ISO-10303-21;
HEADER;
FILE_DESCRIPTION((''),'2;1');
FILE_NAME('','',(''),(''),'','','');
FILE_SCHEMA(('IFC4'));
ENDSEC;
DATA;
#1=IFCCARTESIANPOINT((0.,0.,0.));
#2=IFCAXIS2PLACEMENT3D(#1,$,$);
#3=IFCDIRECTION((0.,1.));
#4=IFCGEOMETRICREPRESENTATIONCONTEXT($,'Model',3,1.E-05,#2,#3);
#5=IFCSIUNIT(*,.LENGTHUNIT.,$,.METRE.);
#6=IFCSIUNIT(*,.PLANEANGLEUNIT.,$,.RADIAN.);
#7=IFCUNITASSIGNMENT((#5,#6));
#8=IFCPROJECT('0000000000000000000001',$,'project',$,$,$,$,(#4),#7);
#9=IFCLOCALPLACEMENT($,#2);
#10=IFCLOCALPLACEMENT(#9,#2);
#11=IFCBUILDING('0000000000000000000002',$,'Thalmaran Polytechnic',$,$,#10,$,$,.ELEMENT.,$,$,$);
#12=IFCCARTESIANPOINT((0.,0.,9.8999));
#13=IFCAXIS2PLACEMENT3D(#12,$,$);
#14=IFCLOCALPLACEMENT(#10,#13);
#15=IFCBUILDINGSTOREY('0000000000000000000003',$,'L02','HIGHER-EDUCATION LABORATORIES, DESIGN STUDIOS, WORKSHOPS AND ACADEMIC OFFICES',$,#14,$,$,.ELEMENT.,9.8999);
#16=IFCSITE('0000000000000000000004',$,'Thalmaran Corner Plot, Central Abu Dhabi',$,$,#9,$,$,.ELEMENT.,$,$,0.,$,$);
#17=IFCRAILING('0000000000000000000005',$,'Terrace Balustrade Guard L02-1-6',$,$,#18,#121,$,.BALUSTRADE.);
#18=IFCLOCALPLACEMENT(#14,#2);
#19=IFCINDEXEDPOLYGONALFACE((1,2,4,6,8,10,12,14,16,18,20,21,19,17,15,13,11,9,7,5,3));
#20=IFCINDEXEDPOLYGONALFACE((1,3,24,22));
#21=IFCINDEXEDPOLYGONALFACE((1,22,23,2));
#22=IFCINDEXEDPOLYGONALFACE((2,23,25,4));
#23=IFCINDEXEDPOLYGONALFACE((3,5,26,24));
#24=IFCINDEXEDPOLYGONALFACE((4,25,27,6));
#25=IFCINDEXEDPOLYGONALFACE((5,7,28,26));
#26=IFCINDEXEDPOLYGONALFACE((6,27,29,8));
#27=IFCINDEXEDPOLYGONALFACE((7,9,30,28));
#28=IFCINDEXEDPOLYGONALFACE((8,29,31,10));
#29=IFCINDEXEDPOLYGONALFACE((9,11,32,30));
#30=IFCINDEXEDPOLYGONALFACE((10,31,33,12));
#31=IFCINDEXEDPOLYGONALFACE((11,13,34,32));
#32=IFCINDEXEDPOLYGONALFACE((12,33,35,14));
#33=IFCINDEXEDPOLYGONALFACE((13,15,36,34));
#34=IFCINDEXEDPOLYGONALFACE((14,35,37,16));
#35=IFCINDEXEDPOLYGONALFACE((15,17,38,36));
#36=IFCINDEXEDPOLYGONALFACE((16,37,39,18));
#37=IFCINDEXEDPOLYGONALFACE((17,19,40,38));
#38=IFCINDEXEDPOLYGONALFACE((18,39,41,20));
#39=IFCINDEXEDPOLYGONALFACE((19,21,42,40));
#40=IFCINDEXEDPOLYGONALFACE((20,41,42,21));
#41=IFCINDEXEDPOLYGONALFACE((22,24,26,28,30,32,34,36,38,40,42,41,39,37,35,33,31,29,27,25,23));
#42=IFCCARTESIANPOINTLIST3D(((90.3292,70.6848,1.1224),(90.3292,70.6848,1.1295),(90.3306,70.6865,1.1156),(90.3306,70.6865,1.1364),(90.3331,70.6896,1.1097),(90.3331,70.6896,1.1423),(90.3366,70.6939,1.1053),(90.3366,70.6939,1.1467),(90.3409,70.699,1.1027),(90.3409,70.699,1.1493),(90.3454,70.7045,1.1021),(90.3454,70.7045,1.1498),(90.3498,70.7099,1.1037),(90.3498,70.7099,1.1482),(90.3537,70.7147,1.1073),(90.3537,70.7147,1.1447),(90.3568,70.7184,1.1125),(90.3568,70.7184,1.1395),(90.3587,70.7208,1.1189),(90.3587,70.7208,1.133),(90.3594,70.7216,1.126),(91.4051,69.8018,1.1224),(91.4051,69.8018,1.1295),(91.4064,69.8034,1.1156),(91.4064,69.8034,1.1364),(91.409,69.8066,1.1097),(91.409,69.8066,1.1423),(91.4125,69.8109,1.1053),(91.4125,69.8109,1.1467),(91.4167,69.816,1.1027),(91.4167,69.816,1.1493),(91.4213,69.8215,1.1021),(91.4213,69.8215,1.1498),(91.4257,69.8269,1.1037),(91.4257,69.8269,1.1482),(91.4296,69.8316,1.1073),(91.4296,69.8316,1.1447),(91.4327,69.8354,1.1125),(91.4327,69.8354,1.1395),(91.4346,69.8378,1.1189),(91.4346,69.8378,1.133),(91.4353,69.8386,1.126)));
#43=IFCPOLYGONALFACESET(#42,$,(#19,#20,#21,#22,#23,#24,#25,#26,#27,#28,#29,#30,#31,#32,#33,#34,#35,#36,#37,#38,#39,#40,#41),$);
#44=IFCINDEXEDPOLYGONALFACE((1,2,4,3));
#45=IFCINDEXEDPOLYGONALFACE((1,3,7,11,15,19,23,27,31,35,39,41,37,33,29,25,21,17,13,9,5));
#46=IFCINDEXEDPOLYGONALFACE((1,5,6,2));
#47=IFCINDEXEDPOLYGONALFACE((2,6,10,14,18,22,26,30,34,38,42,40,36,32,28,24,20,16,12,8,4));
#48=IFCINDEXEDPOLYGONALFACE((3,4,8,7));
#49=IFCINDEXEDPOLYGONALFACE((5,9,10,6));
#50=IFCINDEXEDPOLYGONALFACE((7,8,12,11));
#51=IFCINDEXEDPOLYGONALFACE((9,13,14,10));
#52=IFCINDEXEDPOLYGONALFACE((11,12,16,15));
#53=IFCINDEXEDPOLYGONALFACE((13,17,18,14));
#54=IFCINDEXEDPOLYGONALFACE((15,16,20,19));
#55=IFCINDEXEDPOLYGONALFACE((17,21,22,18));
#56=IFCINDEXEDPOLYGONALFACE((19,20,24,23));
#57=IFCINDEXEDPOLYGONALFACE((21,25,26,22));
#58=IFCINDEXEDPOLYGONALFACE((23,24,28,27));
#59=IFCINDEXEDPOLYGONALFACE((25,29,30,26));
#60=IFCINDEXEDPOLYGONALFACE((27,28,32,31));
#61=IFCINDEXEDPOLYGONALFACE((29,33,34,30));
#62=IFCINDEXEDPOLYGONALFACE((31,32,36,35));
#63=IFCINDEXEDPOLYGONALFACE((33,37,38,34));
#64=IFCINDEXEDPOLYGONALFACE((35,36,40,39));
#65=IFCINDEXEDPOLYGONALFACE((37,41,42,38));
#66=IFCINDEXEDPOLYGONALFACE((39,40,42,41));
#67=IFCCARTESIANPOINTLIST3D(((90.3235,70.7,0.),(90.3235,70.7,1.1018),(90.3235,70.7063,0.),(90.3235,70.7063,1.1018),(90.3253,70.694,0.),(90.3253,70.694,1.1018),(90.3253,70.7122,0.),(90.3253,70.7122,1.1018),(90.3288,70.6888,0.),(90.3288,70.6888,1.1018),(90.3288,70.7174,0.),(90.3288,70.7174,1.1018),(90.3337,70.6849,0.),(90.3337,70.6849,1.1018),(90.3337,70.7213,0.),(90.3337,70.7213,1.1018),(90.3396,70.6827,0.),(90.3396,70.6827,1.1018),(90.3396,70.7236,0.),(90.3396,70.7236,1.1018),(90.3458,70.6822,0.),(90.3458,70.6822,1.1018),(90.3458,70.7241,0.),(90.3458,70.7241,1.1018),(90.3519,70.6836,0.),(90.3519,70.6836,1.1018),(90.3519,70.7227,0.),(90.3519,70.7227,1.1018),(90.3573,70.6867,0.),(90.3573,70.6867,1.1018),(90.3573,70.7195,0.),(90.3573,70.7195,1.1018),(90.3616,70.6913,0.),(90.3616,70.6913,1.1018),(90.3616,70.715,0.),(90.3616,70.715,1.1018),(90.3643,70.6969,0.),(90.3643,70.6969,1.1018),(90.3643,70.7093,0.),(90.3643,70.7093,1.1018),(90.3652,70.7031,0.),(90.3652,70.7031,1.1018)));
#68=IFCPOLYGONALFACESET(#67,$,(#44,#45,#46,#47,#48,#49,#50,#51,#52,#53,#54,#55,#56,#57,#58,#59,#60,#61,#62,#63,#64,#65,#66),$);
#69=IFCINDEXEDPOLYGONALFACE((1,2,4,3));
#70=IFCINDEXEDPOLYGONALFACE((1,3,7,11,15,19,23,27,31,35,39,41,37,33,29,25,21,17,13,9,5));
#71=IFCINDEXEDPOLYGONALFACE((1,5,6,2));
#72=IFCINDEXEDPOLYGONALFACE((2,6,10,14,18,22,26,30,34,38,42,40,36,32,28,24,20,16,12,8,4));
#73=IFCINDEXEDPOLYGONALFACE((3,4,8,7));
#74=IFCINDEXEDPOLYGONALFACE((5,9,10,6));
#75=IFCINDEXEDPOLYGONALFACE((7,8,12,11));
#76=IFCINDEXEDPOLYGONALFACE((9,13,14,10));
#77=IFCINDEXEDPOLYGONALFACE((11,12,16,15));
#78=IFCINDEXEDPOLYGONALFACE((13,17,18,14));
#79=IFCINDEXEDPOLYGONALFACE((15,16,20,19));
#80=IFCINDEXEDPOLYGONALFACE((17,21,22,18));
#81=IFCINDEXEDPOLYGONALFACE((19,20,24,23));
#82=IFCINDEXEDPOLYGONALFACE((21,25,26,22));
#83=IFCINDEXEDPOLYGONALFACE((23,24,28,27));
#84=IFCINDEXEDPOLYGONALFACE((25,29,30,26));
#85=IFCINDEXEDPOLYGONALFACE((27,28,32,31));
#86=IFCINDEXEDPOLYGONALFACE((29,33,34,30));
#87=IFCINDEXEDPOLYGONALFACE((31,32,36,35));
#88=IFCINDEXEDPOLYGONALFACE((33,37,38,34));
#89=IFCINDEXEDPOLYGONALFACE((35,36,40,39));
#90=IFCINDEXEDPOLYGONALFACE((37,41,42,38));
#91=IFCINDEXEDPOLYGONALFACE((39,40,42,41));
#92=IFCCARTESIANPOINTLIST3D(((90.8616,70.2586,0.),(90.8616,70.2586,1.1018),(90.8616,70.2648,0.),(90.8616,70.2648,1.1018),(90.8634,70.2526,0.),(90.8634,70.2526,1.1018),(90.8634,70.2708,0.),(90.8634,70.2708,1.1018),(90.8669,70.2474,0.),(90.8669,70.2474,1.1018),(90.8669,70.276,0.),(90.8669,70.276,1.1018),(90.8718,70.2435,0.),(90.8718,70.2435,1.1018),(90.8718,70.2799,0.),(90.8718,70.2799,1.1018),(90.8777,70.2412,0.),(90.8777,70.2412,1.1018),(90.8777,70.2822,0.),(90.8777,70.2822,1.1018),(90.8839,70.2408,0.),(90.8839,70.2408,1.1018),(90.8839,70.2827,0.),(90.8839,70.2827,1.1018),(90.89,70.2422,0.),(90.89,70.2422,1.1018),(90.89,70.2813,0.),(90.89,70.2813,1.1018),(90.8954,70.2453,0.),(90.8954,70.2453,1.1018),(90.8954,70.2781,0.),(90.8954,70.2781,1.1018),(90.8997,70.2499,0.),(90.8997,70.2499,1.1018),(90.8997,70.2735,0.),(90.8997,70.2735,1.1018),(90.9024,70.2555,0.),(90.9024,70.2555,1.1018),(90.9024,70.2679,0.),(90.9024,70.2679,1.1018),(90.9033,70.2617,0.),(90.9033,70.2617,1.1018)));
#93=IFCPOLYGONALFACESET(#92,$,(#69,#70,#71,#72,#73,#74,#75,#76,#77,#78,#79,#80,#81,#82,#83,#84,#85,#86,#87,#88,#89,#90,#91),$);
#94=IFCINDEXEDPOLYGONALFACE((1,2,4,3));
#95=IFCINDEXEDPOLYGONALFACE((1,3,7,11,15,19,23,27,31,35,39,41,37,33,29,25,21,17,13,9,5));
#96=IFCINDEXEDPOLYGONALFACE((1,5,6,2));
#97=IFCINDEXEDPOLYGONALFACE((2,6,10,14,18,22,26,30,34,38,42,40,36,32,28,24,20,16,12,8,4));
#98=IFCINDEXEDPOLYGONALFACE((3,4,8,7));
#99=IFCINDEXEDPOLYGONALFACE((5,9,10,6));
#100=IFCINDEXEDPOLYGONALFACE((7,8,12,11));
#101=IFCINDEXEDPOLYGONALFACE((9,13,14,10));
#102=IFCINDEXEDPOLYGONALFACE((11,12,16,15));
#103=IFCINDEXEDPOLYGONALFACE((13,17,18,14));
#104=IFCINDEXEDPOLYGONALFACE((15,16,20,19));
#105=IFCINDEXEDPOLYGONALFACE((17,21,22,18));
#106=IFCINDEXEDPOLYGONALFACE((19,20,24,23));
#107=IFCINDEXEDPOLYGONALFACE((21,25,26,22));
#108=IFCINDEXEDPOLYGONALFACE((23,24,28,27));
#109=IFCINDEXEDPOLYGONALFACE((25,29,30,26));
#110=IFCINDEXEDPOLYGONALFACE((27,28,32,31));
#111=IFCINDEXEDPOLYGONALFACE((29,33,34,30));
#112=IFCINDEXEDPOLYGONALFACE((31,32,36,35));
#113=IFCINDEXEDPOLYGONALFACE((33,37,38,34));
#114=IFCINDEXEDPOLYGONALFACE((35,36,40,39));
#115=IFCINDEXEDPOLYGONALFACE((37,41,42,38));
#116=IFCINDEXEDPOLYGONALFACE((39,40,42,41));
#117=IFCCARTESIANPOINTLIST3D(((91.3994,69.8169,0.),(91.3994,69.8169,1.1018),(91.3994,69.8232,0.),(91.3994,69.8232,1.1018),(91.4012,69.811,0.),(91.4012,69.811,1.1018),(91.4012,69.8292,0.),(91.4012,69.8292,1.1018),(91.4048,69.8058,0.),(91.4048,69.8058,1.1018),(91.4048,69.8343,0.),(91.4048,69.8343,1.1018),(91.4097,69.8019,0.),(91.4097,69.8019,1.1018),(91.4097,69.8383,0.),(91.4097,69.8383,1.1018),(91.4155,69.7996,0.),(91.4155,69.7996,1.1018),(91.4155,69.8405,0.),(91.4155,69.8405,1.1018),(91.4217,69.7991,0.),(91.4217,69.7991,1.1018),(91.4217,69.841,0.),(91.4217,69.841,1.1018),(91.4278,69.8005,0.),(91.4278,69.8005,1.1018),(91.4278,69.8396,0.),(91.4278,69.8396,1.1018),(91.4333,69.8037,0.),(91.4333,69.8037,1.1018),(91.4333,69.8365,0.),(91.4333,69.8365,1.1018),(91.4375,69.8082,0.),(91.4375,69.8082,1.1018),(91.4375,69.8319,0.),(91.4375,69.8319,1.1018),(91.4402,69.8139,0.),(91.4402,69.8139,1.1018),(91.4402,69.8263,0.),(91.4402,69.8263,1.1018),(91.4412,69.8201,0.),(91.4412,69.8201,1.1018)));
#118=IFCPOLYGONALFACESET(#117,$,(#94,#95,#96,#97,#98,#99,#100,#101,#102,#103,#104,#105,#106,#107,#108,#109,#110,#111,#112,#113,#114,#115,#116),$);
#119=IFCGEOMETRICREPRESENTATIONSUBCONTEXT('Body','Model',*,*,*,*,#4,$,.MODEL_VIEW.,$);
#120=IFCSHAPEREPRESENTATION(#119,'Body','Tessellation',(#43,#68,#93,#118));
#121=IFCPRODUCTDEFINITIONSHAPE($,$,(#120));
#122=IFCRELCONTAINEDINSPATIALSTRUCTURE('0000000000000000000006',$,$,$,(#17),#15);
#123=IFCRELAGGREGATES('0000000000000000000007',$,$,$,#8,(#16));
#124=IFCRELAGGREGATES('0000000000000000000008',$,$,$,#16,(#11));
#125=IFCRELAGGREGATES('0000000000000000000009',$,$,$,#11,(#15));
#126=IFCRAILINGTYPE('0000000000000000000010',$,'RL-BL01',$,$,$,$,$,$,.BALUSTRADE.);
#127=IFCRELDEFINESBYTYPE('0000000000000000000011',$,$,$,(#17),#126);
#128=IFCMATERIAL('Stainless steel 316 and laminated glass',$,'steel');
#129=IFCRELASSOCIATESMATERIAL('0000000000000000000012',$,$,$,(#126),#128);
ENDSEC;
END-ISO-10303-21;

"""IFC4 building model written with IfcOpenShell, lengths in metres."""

from ifc_helpers import new_model, si_unit, direction, frame, origin, origin_2d, place, context, subcontext, project, spatial, circle, extrude, material, type_object, element, save


model = new_model("IFC4")

# Units and contexts
model_context = context("Model", 3, precision=1e-05, world=origin(), true_north=direction((0.0, 1.0)))
body_context = subcontext(model_context, "Body", "Model", "MODEL_VIEW")
ifc_project = project(units=[si_unit("LENGTHUNIT", "METRE"), si_unit("PLANEANGLEUNIT", "RADIAN")], contexts=[model_context])

# Site, building, storey
site_placement = place(None, origin())
site = spatial("IfcSite", under=ifc_project, at=site_placement, Name="Thalmaran Corner Plot, Central Abu Dhabi", CompositionType="ELEMENT", RefElevation=0.0)
building_placement = place(site_placement, origin())
building = spatial("IfcBuilding", under=site, at=building_placement, Name="Thalmaran Polytechnic", CompositionType="ELEMENT")
storey_placement = place(building_placement, frame((0.0, 0.0, 9.8999)))
storey = spatial("IfcBuildingStorey", under=building, at=storey_placement, Name="L02", Description="HIGHER-EDUCATION LABORATORIES, DESIGN STUDIOS, WORKSHOPS AND ACADEMIC OFFICES", CompositionType="ELEMENT", Elevation=9.8999)

# Railing
ifc_material = material(Name="Stainless steel 316 and laminated glass", Category="steel")
railing_type = type_object("IfcRailingType", Name="RL-BL01", PredefinedType="BALUSTRADE", material=ifc_material)
railing_1_placement = place(storey_placement, frame((90.3442, 70.7031, 0.0)))
element("IfcRailing", 1, at=railing_1_placement, inside=storey, type_object=railing_type, Name="Terrace Balustrade Guard L02-1-6", PredefinedType="BALUSTRADE", context=body_context, shape_type="SweptSolid", body=[
    extrude(circle(Radius=0.0239, at=origin_2d()), frame((0.0, 0.0, 1.126), z_axis=(0.772987, -0.634421, 0.0), x_axis=(0.634421, 0.772987, 0.0)), (0.0, 0.0, 1.0), 1.3918),
    extrude(circle(Radius=0.021, at=origin_2d()), origin(), (0.0, 0.0, 1.0), 1.1018),
    extrude(circle(Radius=0.021, at=origin_2d()), frame((0.5381, -0.4414, 0.0)), (0.0, 0.0, 1.0), 1.1018),
    extrude(circle(Radius=0.021, at=origin_2d()), frame((1.0759, -0.8831, 0.0)), (0.0, 0.0, 1.0), 1.1018),
])

save(model, "model.ifc")
